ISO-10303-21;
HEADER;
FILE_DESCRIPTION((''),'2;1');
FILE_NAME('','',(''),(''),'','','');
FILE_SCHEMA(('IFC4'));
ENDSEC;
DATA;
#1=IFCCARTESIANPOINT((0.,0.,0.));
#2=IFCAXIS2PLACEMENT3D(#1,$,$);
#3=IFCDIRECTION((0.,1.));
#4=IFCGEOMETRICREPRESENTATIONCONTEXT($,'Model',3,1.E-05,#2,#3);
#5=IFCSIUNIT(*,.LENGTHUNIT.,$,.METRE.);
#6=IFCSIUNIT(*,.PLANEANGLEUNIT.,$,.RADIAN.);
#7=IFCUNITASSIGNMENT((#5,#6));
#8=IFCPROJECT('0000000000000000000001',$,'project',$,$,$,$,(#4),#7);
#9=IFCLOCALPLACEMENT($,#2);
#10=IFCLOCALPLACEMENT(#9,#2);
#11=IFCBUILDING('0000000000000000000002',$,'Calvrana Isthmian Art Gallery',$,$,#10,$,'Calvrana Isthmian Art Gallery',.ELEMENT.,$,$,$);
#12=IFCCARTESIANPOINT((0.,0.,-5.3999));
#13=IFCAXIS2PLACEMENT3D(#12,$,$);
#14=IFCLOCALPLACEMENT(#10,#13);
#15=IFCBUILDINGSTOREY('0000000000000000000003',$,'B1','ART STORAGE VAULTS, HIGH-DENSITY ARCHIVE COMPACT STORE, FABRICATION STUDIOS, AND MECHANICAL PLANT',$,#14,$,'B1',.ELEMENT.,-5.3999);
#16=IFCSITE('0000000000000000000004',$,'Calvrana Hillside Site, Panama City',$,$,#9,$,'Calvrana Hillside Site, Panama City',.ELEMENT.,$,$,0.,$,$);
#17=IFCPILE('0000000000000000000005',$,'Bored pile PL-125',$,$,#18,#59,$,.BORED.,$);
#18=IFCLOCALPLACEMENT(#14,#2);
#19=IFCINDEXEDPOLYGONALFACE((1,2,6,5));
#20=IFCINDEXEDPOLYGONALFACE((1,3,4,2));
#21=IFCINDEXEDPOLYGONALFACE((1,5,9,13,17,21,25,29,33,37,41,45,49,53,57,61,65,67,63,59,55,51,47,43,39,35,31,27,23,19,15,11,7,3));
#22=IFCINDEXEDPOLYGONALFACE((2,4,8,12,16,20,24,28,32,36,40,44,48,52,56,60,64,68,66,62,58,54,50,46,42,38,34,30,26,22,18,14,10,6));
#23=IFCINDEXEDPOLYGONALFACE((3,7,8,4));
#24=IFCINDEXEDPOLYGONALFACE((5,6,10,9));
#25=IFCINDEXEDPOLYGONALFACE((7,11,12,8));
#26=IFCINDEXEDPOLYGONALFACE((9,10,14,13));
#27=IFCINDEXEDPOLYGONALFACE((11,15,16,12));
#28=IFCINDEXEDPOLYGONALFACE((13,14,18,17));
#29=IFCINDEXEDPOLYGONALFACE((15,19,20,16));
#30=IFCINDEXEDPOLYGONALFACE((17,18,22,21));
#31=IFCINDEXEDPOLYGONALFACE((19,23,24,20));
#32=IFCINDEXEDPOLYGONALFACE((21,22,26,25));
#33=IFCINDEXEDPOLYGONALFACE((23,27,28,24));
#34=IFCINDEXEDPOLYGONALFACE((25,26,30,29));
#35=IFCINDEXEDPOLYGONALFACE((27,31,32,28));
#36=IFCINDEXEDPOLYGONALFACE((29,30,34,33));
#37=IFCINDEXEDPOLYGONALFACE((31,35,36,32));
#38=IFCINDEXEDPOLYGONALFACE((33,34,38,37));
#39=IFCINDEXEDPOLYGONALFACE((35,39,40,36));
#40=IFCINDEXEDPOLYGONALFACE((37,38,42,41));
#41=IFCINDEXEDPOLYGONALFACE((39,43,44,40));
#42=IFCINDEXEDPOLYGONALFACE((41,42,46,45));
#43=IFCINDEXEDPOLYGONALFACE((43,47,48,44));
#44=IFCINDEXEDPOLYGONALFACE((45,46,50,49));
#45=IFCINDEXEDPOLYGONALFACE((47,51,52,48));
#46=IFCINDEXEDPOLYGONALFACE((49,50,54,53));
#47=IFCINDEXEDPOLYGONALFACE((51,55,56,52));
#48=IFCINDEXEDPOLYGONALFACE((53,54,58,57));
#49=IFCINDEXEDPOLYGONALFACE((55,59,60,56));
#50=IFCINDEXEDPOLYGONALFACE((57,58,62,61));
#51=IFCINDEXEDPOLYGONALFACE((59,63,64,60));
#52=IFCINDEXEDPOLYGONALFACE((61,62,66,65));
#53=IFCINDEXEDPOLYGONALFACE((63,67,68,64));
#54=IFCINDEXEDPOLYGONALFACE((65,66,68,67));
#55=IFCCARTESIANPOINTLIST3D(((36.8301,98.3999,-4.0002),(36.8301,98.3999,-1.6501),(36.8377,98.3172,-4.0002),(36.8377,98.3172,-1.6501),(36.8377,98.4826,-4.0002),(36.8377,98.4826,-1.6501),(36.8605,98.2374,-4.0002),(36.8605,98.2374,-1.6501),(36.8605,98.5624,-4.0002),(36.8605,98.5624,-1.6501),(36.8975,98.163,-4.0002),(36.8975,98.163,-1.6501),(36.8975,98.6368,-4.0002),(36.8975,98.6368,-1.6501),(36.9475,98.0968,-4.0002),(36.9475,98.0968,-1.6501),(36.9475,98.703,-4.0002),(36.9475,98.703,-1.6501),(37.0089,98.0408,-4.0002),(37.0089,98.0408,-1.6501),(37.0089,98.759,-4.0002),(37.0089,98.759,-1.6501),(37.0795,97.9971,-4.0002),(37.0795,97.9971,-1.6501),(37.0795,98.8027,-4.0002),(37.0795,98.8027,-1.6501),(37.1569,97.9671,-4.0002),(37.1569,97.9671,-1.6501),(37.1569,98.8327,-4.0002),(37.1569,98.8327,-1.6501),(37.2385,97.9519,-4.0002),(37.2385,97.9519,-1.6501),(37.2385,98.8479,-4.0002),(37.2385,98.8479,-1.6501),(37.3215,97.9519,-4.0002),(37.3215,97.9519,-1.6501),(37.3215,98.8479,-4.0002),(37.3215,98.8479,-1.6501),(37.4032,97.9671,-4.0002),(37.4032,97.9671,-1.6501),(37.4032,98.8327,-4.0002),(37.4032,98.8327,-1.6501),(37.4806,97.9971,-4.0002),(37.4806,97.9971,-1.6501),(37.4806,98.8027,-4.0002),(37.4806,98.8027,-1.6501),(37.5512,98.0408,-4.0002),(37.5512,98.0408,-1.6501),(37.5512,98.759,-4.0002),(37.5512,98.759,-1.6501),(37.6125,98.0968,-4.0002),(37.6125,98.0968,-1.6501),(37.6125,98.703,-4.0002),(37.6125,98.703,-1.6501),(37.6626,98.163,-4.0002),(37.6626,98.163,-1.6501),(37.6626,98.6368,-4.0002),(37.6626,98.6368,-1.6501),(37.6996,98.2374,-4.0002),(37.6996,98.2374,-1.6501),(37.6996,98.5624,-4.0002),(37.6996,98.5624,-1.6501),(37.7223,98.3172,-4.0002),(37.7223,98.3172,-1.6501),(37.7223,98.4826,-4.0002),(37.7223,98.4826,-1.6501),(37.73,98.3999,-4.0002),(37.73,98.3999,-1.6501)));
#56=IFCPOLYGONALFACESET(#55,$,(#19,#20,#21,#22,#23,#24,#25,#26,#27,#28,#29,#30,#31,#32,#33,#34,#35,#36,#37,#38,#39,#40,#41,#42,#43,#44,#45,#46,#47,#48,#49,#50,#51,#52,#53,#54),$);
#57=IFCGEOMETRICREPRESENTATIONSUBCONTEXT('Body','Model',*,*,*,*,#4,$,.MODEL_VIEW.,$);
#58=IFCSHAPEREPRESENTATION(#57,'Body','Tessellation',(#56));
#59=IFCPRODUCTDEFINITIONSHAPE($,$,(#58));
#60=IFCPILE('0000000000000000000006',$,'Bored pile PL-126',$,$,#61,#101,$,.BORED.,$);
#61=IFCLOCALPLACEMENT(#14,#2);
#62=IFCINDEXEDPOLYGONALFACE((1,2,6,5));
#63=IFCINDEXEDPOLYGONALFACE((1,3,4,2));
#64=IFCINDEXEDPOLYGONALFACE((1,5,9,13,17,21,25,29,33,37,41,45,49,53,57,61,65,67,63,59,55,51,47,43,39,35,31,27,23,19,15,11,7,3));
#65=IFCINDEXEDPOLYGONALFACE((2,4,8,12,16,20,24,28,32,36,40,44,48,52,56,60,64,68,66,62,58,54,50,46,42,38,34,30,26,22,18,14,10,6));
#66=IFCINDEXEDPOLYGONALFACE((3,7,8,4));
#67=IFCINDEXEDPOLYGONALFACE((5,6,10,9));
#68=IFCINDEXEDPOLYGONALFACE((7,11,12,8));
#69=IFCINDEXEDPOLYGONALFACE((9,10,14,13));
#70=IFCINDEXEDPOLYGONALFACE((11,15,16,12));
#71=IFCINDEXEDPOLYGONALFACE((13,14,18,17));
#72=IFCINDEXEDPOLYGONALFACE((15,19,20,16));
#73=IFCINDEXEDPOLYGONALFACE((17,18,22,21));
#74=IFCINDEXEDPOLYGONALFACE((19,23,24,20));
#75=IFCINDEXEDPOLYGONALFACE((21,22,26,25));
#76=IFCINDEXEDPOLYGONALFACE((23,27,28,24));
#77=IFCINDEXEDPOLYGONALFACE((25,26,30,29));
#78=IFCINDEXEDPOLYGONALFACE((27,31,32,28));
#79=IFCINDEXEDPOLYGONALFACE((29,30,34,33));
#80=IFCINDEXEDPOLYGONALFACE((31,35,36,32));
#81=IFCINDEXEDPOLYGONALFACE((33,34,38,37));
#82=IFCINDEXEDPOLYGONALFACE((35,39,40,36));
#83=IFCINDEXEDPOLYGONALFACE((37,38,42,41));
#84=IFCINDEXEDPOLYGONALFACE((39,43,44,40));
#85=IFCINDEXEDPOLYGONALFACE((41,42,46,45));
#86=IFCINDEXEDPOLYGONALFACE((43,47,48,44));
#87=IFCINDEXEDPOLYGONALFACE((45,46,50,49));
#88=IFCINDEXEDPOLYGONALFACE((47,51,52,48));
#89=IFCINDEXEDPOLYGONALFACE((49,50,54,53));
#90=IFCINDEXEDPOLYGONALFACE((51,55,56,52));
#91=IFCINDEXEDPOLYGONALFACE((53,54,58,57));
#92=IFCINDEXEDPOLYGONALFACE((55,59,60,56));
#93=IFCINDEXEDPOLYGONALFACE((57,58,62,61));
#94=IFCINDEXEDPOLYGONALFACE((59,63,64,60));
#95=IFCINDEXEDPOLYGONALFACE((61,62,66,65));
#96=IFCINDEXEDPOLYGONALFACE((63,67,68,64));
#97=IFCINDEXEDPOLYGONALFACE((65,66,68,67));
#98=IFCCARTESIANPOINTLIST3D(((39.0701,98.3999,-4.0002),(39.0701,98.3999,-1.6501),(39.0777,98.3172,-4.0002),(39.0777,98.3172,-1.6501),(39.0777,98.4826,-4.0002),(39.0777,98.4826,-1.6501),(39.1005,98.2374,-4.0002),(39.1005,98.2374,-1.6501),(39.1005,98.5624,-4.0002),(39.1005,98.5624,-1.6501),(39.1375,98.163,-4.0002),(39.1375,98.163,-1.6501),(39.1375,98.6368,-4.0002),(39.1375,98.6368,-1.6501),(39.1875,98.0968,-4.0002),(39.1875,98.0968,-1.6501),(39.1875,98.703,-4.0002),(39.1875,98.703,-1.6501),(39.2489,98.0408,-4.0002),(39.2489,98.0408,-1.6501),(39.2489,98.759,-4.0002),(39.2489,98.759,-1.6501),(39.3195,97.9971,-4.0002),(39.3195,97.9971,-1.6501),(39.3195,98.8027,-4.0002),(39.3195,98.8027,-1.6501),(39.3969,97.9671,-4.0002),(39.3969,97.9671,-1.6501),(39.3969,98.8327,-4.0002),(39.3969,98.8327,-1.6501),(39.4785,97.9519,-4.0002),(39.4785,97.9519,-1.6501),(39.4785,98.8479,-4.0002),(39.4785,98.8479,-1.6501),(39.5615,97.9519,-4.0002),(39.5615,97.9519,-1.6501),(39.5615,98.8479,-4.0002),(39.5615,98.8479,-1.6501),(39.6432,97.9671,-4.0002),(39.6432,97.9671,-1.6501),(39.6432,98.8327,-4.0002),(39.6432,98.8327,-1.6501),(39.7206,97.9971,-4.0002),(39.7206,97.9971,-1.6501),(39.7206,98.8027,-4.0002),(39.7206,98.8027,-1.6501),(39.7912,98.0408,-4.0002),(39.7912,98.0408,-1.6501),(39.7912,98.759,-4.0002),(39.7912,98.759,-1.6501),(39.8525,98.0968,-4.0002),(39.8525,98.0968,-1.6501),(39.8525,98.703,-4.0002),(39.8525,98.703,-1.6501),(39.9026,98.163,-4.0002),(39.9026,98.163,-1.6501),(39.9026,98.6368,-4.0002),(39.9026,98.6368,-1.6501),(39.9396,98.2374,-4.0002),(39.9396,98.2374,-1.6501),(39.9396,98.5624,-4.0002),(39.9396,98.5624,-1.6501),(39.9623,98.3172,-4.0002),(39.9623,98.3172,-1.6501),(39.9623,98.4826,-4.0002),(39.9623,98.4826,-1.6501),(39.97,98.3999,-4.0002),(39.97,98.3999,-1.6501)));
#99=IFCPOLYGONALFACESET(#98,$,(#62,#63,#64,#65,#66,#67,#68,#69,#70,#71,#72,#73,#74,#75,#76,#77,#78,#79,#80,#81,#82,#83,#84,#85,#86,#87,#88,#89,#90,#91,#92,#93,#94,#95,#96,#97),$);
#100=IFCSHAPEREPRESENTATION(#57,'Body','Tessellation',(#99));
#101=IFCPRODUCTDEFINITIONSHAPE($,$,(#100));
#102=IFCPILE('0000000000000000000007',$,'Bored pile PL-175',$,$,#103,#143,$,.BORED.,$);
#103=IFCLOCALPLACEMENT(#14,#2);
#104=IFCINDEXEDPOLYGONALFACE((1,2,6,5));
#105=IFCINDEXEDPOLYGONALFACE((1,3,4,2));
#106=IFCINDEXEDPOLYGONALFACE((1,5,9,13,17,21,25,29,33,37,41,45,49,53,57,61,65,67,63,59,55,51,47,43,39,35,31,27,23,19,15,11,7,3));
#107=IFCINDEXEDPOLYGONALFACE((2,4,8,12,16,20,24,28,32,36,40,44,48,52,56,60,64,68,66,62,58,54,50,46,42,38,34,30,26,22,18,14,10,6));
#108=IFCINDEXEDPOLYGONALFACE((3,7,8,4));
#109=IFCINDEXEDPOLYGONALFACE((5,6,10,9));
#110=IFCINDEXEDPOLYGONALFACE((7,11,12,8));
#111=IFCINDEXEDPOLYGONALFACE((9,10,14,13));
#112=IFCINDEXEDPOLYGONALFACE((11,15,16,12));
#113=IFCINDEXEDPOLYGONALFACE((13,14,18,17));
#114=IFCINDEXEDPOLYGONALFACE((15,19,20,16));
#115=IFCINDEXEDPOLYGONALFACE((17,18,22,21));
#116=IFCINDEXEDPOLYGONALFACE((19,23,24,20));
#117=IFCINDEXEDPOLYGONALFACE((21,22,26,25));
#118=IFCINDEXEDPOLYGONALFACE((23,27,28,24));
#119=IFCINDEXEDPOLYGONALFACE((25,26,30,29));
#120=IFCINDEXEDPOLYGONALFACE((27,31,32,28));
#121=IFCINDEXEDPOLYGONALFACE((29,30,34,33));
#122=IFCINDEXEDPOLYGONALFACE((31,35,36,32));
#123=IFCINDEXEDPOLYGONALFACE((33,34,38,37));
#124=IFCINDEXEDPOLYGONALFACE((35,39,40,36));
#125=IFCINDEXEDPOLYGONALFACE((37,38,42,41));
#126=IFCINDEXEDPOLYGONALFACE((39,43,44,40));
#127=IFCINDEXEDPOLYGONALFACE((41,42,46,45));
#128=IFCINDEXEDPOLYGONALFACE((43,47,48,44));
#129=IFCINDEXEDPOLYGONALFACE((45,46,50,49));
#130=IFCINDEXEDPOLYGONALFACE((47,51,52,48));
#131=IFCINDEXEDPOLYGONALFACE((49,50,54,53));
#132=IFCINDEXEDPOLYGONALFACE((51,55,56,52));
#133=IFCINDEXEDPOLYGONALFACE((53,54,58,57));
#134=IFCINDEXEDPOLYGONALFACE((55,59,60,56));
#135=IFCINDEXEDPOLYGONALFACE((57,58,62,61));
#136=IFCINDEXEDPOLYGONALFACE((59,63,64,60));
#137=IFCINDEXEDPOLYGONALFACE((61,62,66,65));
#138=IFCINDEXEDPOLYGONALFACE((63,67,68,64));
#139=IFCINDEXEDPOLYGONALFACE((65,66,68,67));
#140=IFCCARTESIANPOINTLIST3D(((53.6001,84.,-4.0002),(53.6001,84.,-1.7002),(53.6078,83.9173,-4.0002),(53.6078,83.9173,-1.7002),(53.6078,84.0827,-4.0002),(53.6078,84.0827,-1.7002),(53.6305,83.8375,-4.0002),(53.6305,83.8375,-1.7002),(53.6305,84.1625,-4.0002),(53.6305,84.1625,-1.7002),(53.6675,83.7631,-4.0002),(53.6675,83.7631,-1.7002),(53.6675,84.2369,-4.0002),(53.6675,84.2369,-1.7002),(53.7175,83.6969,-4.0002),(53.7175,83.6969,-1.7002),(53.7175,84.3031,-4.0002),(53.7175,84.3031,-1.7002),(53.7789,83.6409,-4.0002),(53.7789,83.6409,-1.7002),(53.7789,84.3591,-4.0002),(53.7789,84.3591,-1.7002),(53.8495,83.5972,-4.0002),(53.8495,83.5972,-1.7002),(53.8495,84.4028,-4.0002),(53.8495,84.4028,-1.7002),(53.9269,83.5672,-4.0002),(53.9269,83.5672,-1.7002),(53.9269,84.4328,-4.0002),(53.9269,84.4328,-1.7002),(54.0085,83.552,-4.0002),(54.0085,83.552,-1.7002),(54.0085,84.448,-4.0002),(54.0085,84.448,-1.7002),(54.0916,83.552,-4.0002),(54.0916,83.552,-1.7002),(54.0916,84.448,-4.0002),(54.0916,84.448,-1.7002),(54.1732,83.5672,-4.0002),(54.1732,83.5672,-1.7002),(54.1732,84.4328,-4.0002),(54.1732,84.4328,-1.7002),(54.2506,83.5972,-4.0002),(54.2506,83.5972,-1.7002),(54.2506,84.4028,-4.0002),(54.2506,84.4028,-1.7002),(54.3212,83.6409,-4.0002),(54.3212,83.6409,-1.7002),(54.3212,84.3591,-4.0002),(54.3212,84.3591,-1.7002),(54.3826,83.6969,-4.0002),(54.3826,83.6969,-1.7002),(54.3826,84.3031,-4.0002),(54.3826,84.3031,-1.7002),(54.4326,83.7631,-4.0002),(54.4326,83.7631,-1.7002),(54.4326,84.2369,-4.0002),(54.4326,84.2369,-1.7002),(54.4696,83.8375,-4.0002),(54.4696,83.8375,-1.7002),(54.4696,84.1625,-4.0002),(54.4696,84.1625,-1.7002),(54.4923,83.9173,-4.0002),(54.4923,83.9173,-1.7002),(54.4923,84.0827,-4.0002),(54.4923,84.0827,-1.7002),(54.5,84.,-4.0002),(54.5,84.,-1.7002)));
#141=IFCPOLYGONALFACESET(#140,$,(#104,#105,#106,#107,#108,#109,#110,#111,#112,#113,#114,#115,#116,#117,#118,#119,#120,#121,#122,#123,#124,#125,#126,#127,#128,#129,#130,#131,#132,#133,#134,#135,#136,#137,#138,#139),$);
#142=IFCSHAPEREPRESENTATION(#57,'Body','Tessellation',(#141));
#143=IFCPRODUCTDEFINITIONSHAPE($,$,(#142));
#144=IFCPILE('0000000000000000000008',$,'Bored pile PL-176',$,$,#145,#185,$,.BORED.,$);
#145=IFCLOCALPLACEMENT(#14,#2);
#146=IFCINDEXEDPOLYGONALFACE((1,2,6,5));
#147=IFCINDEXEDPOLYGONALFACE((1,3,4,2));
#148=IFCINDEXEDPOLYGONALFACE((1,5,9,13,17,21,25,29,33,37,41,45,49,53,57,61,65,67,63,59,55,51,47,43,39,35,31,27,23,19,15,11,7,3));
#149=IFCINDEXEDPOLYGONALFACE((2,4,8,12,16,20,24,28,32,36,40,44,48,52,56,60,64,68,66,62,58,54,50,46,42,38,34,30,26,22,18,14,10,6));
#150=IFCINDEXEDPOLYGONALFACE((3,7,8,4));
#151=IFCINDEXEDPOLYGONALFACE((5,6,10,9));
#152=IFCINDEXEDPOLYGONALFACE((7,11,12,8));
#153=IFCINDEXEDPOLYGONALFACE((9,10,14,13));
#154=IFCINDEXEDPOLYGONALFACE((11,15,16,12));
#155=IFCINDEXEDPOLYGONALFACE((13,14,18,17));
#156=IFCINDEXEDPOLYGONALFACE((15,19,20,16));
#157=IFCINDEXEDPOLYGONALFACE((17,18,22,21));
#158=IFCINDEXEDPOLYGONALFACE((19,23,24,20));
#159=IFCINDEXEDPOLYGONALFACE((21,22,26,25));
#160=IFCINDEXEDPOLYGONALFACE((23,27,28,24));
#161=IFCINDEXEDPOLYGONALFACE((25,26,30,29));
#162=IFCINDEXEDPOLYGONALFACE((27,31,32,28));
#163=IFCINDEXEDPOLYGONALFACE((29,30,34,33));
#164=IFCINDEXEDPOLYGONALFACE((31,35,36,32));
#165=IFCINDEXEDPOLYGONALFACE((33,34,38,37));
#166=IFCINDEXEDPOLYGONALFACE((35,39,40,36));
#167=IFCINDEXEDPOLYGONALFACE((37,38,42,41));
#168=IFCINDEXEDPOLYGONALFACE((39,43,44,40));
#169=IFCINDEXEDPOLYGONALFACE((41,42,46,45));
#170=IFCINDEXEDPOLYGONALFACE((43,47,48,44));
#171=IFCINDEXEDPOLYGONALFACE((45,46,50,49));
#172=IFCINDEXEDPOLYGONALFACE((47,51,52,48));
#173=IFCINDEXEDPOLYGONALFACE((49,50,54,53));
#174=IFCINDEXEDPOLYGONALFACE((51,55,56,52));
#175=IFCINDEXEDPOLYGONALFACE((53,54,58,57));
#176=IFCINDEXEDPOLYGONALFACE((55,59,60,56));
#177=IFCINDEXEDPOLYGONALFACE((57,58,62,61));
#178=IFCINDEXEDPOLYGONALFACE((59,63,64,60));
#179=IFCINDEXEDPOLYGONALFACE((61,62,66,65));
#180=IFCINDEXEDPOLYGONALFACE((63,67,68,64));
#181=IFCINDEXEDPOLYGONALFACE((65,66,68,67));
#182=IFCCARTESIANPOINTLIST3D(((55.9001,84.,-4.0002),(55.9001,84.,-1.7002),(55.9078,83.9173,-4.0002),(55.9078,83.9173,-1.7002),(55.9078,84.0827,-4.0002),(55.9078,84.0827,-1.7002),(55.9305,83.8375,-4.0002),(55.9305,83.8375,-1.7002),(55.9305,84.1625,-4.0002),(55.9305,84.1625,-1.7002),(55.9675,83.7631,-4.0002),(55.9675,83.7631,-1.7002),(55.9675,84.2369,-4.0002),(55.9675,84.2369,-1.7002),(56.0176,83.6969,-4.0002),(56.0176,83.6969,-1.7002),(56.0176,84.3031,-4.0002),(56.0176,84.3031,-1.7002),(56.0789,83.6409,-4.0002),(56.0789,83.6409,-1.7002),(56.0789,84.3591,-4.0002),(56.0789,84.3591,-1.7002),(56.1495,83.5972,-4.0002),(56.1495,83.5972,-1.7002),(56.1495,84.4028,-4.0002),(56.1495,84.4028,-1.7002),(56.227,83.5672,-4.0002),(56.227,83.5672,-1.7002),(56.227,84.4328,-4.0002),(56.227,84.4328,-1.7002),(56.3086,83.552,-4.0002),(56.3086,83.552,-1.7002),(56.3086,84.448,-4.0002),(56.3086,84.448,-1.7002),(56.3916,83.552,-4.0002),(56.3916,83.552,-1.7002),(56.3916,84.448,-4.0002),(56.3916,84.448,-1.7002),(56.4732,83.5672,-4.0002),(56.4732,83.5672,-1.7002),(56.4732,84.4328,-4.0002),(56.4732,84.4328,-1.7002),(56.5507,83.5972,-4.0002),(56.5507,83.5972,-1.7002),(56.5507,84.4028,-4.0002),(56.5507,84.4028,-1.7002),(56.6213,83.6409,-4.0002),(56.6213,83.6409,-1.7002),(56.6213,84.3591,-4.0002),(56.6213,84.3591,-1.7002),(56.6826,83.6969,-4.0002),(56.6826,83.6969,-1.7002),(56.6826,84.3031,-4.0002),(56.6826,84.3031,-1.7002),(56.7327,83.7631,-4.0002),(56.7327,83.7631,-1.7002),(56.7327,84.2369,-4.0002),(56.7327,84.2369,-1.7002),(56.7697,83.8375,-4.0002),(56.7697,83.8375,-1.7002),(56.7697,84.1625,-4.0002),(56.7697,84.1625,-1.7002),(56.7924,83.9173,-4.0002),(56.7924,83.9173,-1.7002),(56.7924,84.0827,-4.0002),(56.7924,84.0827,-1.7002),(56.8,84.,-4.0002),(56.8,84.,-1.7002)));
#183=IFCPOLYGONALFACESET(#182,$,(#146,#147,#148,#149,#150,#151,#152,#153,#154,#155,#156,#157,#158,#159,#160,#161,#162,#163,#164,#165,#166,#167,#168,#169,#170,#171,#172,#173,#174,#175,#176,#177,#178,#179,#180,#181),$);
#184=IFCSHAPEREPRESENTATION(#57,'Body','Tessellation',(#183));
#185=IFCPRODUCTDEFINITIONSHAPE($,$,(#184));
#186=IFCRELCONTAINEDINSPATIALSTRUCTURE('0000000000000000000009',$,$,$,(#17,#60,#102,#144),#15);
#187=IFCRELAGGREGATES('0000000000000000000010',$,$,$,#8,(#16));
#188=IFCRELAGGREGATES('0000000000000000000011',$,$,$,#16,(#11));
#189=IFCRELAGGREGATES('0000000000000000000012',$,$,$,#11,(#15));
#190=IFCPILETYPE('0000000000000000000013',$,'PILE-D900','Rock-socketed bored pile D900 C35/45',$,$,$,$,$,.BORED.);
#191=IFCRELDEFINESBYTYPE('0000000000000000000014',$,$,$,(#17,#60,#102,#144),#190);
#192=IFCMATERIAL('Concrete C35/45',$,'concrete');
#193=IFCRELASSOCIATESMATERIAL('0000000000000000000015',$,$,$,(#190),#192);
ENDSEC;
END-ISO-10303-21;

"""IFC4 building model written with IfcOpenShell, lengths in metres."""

from ifc_helpers import new_model, si_unit, direction, frame, origin, origin_2d, place, context, subcontext, project, spatial, circle, extrude, material, material_profile, profile_set, type_object, element, save


model = new_model("IFC4")

# Units and contexts
model_context = context("Model", 3, precision=1e-05, world=origin(), true_north=direction((0.0, 1.0)))
body_context = subcontext(model_context, "Body", "Model", "MODEL_VIEW")
ifc_project = project(units=[si_unit("LENGTHUNIT", "METRE"), si_unit("PLANEANGLEUNIT", "RADIAN")], contexts=[model_context])

# Site, building, storey
site_placement = place(None, origin())
site = spatial("IfcSite", under=ifc_project, at=site_placement, Name="Calvrana Hillside Site, Panama City", LongName="Calvrana Hillside Site, Panama City", CompositionType="ELEMENT", RefElevation=0.0)
building_placement = place(site_placement, origin())
building = spatial("IfcBuilding", under=site, at=building_placement, Name="Calvrana Isthmian Art Gallery", LongName="Calvrana Isthmian Art Gallery", CompositionType="ELEMENT")
storey_placement = place(building_placement, frame((0.0, 0.0, -5.3999)))
storey = spatial("IfcBuildingStorey", under=building, at=storey_placement, Name="B1", Description="ART STORAGE VAULTS, HIGH-DENSITY ARCHIVE COMPACT STORE, FABRICATION STUDIOS, AND MECHANICAL PLANT", LongName="B1", CompositionType="ELEMENT", Elevation=-5.3999)

# Shared definitions
ifc_material_1 = material(Name="Concrete C35/45", Category="concrete")

# Piles
ifc_material_profile_1 = material_profile(ifc_material_1, circle(Radius=0.45, at=origin_2d()), Name="PILE900D")
ifc_profile_set_1 = profile_set([ifc_material_profile_1], Name="Concrete C35/45")
pile_type_1 = type_object("IfcPileType", Name="PILE-D900", Description="Rock-socketed bored pile D900 C35/45", PredefinedType="BORED", material=ifc_profile_set_1)
for number, where, z_axis, x_axis, name in (
    (1, (37.28, 98.3999, -1.6501), (0.0, 0.0, -1.0), (1.0, 0.0, 0.0), "Bored pile PL-125"),
    (2, (39.52, 98.3999, -1.6501), (0.0, 0.0, -1.0), (1.0, 0.0, 0.0), "Bored pile PL-126"),
):
    element("IfcPile", number, at=place(storey_placement, frame(where, z_axis=z_axis, x_axis=x_axis)), inside=storey, type_object=pile_type_1, Name=name, PredefinedType="BORED", context=body_context, shape_type="SweptSolid", body=[
        extrude(circle(Radius=0.45, at=origin_2d()), origin(), (0.0, 0.0, 1.0), 2.3501),
    ])
for number, where, z_axis, x_axis, name in (
    (3, (54.05, 84.0, -1.7002), (0.0, 0.0, -1.0), (1.0, 0.0, 0.0), "Bored pile PL-175"),
    (4, (56.3501, 84.0, -1.7002), (0.0, 0.0, -1.0), (1.0, 0.0, 0.0), "Bored pile PL-176"),
):
    element("IfcPile", number, at=place(storey_placement, frame(where, z_axis=z_axis, x_axis=x_axis)), inside=storey, type_object=pile_type_1, Name=name, PredefinedType="BORED", context=body_context, shape_type="SweptSolid", body=[
        extrude(circle(Radius=0.45, at=origin_2d()), origin(), (0.0, 0.0, 1.0), 2.3),
    ])

save(model, "model.ifc")
